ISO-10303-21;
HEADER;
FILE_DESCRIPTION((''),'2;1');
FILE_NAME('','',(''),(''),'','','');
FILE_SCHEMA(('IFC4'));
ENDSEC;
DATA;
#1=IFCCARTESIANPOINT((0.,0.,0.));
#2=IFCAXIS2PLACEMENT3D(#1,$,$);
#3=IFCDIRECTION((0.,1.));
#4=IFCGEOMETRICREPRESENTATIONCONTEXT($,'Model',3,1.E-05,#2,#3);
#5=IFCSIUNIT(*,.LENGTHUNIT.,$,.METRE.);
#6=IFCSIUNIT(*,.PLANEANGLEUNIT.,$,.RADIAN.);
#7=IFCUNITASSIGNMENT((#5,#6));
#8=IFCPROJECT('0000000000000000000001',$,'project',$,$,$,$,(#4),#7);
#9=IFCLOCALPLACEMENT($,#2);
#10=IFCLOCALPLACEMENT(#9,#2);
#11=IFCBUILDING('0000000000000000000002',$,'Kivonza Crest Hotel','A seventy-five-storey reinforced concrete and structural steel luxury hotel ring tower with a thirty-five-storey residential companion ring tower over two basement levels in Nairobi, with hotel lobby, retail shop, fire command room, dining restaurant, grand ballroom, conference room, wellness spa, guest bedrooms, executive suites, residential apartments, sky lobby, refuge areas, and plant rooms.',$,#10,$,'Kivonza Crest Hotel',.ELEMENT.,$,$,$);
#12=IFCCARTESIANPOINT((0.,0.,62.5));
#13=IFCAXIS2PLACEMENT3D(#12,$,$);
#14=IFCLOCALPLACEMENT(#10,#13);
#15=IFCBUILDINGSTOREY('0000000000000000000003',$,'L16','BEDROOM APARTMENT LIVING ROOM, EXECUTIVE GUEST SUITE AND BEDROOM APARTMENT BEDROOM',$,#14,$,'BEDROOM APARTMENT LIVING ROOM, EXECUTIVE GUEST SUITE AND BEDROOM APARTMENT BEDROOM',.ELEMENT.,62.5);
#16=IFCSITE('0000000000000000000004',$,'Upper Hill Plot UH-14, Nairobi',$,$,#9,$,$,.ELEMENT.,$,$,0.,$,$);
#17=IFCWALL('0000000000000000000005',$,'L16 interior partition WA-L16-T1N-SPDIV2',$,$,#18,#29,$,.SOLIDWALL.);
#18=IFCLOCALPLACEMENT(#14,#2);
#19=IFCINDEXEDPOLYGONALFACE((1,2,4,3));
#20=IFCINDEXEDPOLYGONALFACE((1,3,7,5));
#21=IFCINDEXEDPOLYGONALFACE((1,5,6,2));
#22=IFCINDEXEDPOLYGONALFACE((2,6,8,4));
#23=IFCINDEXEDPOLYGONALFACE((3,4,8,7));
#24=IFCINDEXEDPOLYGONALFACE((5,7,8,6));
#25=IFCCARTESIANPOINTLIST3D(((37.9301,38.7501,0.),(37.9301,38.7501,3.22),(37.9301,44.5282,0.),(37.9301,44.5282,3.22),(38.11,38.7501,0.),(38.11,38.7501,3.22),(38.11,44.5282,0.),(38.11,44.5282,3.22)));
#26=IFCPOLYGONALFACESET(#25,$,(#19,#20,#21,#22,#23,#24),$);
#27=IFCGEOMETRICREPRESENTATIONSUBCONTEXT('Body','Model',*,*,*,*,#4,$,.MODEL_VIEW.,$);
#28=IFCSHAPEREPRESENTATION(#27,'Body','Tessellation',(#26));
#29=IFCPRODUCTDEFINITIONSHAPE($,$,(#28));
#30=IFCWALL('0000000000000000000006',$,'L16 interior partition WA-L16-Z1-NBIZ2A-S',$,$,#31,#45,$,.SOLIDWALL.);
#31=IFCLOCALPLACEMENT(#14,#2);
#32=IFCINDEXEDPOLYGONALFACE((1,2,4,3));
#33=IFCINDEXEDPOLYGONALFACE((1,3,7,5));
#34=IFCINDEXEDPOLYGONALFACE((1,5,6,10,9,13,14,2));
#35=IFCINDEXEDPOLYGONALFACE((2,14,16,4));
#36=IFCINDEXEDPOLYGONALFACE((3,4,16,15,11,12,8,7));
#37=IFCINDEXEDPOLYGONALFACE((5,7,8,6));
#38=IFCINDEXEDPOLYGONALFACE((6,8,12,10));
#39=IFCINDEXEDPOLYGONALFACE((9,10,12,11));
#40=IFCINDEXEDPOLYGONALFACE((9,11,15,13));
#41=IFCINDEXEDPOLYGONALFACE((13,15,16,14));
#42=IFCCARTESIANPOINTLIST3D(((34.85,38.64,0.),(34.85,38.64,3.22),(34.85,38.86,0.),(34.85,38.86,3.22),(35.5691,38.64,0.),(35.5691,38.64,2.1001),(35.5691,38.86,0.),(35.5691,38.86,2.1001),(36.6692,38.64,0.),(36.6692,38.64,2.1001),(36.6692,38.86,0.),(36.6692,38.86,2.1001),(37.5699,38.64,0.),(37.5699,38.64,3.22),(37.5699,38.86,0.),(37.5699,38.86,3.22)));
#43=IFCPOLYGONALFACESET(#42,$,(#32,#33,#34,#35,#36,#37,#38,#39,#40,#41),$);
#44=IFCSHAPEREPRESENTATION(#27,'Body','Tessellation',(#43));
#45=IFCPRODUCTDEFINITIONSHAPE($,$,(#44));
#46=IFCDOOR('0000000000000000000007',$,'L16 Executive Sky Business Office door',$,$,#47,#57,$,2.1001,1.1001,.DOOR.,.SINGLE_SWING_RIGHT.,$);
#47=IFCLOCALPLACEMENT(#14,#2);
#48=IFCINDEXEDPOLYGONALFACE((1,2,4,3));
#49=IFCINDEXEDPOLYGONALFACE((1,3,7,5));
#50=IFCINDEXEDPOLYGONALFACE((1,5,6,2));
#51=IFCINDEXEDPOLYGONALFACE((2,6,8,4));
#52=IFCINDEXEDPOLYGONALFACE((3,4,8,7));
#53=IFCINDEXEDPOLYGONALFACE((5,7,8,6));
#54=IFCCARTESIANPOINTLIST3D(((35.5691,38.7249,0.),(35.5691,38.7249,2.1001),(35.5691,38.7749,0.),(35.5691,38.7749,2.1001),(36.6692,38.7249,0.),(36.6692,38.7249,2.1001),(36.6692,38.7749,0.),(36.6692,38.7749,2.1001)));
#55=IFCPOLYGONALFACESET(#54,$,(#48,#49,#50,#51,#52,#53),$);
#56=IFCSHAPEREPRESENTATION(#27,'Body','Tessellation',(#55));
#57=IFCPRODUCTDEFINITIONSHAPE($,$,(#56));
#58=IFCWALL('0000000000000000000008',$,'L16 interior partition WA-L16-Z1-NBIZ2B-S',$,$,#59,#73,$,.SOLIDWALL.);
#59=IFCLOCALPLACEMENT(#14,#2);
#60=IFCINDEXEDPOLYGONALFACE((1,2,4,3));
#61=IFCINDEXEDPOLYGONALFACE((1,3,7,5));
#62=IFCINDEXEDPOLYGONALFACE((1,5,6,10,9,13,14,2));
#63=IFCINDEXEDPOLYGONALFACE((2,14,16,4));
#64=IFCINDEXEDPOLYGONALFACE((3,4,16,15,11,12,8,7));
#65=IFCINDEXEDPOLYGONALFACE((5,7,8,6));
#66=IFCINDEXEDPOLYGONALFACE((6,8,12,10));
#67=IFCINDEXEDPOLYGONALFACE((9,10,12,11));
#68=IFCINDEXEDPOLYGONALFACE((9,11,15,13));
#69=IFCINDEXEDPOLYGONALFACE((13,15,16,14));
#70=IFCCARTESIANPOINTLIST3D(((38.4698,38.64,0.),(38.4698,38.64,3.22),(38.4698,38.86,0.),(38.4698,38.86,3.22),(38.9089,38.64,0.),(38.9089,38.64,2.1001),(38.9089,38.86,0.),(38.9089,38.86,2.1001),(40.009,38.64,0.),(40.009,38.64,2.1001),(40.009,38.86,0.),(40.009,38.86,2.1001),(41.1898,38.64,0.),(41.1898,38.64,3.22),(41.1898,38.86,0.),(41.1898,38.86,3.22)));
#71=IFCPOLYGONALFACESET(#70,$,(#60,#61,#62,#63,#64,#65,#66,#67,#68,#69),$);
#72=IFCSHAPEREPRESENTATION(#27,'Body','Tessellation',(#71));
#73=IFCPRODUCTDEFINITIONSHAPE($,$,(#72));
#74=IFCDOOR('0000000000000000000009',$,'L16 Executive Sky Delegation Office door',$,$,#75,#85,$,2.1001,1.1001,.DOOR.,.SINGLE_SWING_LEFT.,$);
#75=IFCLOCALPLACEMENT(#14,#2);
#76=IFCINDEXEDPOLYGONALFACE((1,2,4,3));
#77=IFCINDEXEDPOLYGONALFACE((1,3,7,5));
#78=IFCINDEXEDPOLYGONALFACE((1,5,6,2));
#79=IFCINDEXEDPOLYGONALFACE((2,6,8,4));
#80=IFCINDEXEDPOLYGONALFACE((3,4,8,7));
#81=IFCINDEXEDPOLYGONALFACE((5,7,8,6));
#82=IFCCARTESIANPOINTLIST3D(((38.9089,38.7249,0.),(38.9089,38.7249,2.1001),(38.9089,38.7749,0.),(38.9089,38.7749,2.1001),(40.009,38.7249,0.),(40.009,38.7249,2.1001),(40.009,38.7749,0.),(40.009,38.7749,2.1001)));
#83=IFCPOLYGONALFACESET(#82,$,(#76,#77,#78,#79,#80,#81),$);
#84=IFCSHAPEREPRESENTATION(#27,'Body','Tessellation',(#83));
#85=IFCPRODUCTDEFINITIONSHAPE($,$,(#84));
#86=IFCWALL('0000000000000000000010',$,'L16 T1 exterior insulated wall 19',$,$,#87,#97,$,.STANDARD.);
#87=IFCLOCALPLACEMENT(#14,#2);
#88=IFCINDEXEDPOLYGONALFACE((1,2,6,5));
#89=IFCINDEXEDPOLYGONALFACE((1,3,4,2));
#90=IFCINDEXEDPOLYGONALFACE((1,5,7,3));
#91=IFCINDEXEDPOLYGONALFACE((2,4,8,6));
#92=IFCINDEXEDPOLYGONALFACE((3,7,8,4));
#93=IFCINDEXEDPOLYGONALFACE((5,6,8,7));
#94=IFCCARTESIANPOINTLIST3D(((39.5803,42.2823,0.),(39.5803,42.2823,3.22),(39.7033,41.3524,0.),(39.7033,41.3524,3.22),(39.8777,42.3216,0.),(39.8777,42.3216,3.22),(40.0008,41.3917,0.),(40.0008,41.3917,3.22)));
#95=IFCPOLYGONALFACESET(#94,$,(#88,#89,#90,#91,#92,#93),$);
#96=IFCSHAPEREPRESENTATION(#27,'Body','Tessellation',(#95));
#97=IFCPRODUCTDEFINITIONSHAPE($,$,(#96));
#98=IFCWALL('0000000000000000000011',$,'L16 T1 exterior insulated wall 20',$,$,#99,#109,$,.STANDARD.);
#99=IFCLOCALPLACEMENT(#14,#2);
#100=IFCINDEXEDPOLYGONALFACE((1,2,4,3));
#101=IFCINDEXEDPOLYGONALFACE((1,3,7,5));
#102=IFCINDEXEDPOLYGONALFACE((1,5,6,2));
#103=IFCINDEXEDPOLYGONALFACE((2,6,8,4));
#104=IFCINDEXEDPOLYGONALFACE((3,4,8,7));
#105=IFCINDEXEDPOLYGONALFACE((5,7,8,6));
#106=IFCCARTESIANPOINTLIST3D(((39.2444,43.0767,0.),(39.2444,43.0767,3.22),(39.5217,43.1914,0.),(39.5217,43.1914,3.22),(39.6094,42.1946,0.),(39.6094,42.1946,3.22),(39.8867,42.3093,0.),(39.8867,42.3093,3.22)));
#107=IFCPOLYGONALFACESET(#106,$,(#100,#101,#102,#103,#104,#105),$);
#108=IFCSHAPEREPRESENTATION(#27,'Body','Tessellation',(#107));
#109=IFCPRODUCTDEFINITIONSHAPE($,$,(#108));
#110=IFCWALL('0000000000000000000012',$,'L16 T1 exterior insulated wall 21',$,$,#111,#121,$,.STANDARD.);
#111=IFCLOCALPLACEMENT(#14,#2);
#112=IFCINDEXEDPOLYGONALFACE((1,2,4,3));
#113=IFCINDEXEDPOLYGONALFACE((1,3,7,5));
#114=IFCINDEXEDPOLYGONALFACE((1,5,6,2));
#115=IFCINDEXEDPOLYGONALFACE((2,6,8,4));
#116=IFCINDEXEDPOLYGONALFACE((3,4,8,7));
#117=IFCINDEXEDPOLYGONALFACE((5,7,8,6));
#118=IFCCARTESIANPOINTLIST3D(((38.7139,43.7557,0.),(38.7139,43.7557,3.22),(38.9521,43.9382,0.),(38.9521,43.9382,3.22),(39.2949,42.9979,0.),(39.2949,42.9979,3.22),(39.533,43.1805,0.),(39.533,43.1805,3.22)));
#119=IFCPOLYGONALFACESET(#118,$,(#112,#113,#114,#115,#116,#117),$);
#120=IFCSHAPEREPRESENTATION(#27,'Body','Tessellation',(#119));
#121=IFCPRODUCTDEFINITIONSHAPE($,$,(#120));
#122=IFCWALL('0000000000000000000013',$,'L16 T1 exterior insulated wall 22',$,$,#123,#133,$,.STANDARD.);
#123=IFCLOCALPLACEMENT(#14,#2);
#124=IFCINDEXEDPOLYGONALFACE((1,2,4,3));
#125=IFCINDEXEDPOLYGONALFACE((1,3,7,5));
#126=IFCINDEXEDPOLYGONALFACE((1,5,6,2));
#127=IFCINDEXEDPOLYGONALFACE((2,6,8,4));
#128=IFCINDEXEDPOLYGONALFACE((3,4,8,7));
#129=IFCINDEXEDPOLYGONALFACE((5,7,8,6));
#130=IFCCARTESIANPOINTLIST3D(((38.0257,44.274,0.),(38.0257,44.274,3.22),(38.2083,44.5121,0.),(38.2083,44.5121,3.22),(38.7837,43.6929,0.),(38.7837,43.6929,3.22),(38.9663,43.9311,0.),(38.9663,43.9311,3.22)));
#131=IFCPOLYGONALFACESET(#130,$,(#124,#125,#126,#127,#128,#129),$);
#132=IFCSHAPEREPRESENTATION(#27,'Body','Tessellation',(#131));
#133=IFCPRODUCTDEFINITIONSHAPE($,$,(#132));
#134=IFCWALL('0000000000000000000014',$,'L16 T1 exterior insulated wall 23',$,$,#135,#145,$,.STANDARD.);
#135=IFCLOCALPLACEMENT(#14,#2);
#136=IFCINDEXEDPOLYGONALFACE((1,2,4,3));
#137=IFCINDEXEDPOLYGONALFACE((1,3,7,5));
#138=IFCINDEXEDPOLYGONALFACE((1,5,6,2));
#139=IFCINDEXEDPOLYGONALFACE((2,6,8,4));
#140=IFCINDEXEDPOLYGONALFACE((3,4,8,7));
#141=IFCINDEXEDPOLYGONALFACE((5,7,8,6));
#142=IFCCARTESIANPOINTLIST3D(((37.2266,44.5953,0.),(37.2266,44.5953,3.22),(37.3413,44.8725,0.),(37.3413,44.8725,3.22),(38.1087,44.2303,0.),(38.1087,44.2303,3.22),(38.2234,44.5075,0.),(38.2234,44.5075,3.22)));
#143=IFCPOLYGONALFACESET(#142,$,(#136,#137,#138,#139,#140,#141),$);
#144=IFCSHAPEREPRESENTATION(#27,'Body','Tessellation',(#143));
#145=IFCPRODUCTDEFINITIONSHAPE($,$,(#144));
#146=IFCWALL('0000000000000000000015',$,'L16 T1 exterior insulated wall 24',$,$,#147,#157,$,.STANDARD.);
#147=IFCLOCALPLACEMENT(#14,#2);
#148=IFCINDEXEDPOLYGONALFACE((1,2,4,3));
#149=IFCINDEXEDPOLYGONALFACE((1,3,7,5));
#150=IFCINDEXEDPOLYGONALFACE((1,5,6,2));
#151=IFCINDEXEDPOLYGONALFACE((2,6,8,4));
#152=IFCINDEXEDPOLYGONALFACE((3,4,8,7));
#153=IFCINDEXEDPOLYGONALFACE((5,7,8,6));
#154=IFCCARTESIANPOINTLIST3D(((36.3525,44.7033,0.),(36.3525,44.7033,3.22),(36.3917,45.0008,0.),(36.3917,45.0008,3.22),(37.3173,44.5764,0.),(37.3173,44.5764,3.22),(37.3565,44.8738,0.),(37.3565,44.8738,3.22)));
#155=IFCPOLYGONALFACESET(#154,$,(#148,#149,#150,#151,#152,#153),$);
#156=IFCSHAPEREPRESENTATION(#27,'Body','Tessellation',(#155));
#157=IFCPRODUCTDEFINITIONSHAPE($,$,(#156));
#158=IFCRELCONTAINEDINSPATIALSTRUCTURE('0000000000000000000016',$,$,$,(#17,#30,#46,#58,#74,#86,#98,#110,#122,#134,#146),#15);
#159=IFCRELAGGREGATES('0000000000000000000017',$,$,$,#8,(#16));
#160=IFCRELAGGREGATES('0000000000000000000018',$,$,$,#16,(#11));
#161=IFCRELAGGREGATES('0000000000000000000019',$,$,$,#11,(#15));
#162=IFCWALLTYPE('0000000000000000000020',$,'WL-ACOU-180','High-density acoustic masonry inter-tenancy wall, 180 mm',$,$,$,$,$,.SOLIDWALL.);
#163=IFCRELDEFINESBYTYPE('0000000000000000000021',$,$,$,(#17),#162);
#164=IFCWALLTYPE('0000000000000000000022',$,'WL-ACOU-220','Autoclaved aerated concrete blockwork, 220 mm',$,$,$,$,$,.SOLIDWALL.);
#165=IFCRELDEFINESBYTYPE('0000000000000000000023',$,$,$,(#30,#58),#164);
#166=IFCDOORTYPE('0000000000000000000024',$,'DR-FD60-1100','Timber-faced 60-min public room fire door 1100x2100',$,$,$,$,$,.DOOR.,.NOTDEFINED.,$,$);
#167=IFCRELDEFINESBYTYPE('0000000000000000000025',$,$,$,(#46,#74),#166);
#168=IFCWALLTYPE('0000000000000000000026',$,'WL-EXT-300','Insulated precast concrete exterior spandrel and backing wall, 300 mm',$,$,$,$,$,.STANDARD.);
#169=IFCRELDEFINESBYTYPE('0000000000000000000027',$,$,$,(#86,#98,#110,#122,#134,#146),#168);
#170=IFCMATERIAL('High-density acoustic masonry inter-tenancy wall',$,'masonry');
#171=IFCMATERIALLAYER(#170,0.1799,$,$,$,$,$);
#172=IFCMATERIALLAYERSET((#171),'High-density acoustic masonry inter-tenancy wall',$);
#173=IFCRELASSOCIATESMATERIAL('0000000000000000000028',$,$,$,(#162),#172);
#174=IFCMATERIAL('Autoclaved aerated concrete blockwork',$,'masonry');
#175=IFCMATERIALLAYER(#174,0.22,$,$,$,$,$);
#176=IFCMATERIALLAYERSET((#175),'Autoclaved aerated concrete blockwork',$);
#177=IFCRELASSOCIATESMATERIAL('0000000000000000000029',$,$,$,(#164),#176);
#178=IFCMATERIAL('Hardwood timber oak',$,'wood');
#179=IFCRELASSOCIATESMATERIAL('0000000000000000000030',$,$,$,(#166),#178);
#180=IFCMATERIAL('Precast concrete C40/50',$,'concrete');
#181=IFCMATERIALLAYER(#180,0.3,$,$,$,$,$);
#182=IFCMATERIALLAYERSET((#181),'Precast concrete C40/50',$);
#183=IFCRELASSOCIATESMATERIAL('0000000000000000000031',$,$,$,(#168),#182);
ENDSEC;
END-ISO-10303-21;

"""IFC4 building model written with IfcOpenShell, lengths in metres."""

from ifc_helpers import new_model, si_unit, direction, frame, frame_2d, origin, place, context, subcontext, project, spatial, rectangle, extrude, material, layer, layer_set, type_object, element, fill, save


model = new_model("IFC4")

# Units and contexts
model_context = context("Model", 3, precision=1e-05, world=origin(), true_north=direction((0.0, 1.0)))
body_context = subcontext(model_context, "Body", "Model", "MODEL_VIEW")
ifc_project = project(units=[si_unit("LENGTHUNIT", "METRE"), si_unit("PLANEANGLEUNIT", "RADIAN")], contexts=[model_context])

# Site, building, storey
site_placement = place(None, origin())
site = spatial("IfcSite", under=ifc_project, at=site_placement, Name="Upper Hill Plot UH-14, Nairobi", CompositionType="ELEMENT", RefElevation=0.0)
building_placement = place(site_placement, origin())
building = spatial("IfcBuilding", under=site, at=building_placement, Name="Kivonza Crest Hotel", Description="A seventy-five-storey reinforced concrete and structural steel luxury hotel ring tower with a thirty-five-storey residential companion ring tower over two basement levels in Nairobi, with hotel lobby, retail shop, fire command room, dining restaurant, grand ballroom, conference room, wellness spa, guest bedrooms, executive suites, residential apartments, sky lobby, refuge areas, and plant rooms.", LongName="Kivonza Crest Hotel", CompositionType="ELEMENT")
storey_placement = place(building_placement, frame((0.0, 0.0, 62.5)))
storey = spatial("IfcBuildingStorey", under=building, at=storey_placement, Name="L16", Description="BEDROOM APARTMENT LIVING ROOM, EXECUTIVE GUEST SUITE AND BEDROOM APARTMENT BEDROOM", LongName="BEDROOM APARTMENT LIVING ROOM, EXECUTIVE GUEST SUITE AND BEDROOM APARTMENT BEDROOM", CompositionType="ELEMENT", Elevation=62.5)

# Wall
ifc_material_1 = material(Name="High-density acoustic masonry inter-tenancy wall", Category="masonry")
ifc_layer_1 = layer(ifc_material_1, 0.1799)
ifc_layer_set_1 = layer_set([ifc_layer_1], Name="High-density acoustic masonry inter-tenancy wall")
wall_type_1 = type_object("IfcWallType", Name="WL-ACOU-180", Description="High-density acoustic masonry inter-tenancy wall, 180 mm", PredefinedType="SOLIDWALL", material=ifc_layer_set_1)
wall_1_placement = place(storey_placement, frame((38.02, 38.75, 0.0), z_axis=(0.0, 0.0, 1.0), x_axis=(0.0, 1.0, 0.0)))
element("IfcWall", 1, at=wall_1_placement, inside=storey, type_object=wall_type_1, Name="L16 interior partition WA-L16-T1N-SPDIV2", PredefinedType="SOLIDWALL", context=body_context, shape_type="SweptSolid", body=[
    extrude(rectangle(XDim=5.7781, YDim=0.1799, at=frame_2d((2.8892, 0.0))), origin(), (0.0, 0.0, 1.0), 3.22),
])

# Walls, openings, doors
ifc_material_2 = material(Name="Autoclaved aerated concrete blockwork", Category="masonry")
ifc_layer_2 = layer(ifc_material_2, 0.22)
ifc_layer_set_2 = layer_set([ifc_layer_2], Name="Autoclaved aerated concrete blockwork")
wall_type_2 = type_object("IfcWallType", Name="WL-ACOU-220", Description="Autoclaved aerated concrete blockwork, 220 mm", PredefinedType="SOLIDWALL", material=ifc_layer_set_2)
wall_2_placement = place(storey_placement, frame((34.8501, 38.75, 0.0), z_axis=(0.0, 0.0, 1.0), x_axis=(1.0, 0.0, 0.0)))
wall_2 = element("IfcWall", 2, at=wall_2_placement, inside=storey, type_object=wall_type_2, Name="L16 interior partition WA-L16-Z1-NBIZ2A-S", PredefinedType="SOLIDWALL", context=body_context, shape_type="SweptSolid", body=[
    extrude(rectangle(XDim=2.72, YDim=0.22, at=frame_2d((1.3599, 0.0))), origin(), (0.0, 0.0, 1.0), 3.22),
])
opening_1_placement = place(wall_2_placement, frame((0.719, 0.0, 0.0)))
opening_1 = element("IfcOpeningElement", 3, at=opening_1_placement, cuts=wall_2, PredefinedType="OPENING", context=body_context, shape_type="SweptSolid", body=[
    extrude(rectangle(XDim=1.1001, YDim=2.1001, at=frame_2d((0.55, 1.05))), frame((0.0, 0.1201, 0.0), z_axis=(0.0, -1.0, 0.0), x_axis=(1.0, 0.0, 0.0)), (0.0, 0.0, 1.0), 0.24),
])
ifc_material_3 = material(Name="Hardwood timber oak", Category="wood")
door_type = type_object("IfcDoorType", Name="DR-FD60-1100", Description="Timber-faced 60-min public room fire door 1100x2100", OperationType="NOTDEFINED", PredefinedType="DOOR", material=ifc_material_3)
door_1_placement = place(opening_1_placement, origin())
door_1 = element("IfcDoor", 4, at=door_1_placement, inside=storey, type_object=door_type, Name="L16 Executive Sky Business Office door", OperationType="SINGLE_SWING_RIGHT", OverallHeight=2.1001, OverallWidth=1.1001, PredefinedType="DOOR", context=body_context, shape_type="SweptSolid", body=[
    extrude(rectangle(XDim=1.1001, YDim=2.1001, at=frame_2d((0.55, 1.05))), frame((0.0, 0.0249, 0.0), z_axis=(0.0, -1.0, 0.0), x_axis=(1.0, 0.0, 0.0)), (0.0, 0.0, 1.0), 0.05),
])
fill(opening_1, door_1)
wall_3_placement = place(storey_placement, frame((38.47, 38.75, 0.0), z_axis=(0.0, 0.0, 1.0), x_axis=(1.0, 0.0, 0.0)))
wall_3 = element("IfcWall", 5, at=wall_3_placement, inside=storey, type_object=wall_type_2, Name="L16 interior partition WA-L16-Z1-NBIZ2B-S", PredefinedType="SOLIDWALL", context=body_context, shape_type="SweptSolid", body=[
    extrude(rectangle(XDim=2.72, YDim=0.22, at=frame_2d((1.3599, 0.0))), origin(), (0.0, 0.0, 1.0), 3.22),
])
opening_2_placement = place(wall_3_placement, frame((0.439, 0.0, 0.0)))
opening_2 = element("IfcOpeningElement", 6, at=opening_2_placement, cuts=wall_3, PredefinedType="OPENING", context=body_context, shape_type="SweptSolid", body=[
    extrude(rectangle(XDim=1.1001, YDim=2.1001, at=frame_2d((0.55, 1.05))), frame((0.0, 0.1201, 0.0), z_axis=(0.0, -1.0, 0.0), x_axis=(1.0, 0.0, 0.0)), (0.0, 0.0, 1.0), 0.24),
])
door_2_placement = place(opening_2_placement, origin())
door_2 = element("IfcDoor", 7, at=door_2_placement, inside=storey, type_object=door_type, Name="L16 Executive Sky Delegation Office door", OperationType="SINGLE_SWING_LEFT", OverallHeight=2.1001, OverallWidth=1.1001, PredefinedType="DOOR", context=body_context, shape_type="SweptSolid", body=[
    extrude(rectangle(XDim=1.1001, YDim=2.1001, at=frame_2d((0.55, 1.05))), frame((0.0, 0.0249, 0.0), z_axis=(0.0, -1.0, 0.0), x_axis=(1.0, 0.0, 0.0)), (0.0, 0.0, 1.0), 0.05),
])
fill(opening_2, door_2)

# Walls
ifc_material_4 = material(Name="Precast concrete C40/50", Category="concrete")
ifc_layer_3 = layer(ifc_material_4, 0.3)
ifc_layer_set_3 = layer_set([ifc_layer_3], Name="Precast concrete C40/50")
wall_type_3 = type_object("IfcWallType", Name="WL-EXT-300", Description="Insulated precast concrete exterior spandrel and backing wall, 300 mm", PredefinedType="STANDARD", material=ifc_layer_set_3)
wall_4_placement = place(storey_placement, frame((39.8521, 41.3721, 0.0), z_axis=(0.0, 0.0, 1.0), x_axis=(-0.131175, 0.991359, 0.0)))
element("IfcWall", 8, at=wall_4_placement, inside=storey, type_object=wall_type_3, Name="L16 T1 exterior insulated wall 19", PredefinedType="STANDARD", context=body_context, shape_type="SweptSolid", body=[
    extrude(rectangle(XDim=0.938, YDim=0.3, at=frame_2d((0.469, 0.0))), origin(), (0.0, 0.0, 1.0), 3.22),
])
wall_5_placement = place(storey_placement, frame((39.748, 42.252, 0.0), z_axis=(0.0, 0.0, 1.0), x_axis=(-0.382344, 0.92402, 0.0)))
element("IfcWall", 9, at=wall_5_placement, inside=storey, type_object=wall_type_3, Name="L16 T1 exterior insulated wall 20", PredefinedType="STANDARD", context=body_context, shape_type="SweptSolid", body=[
    extrude(rectangle(XDim=0.9546, YDim=0.3, at=frame_2d((0.4773, 0.0))), origin(), (0.0, 0.0, 1.0), 3.22),
])
wall_6_placement = place(storey_placement, frame((39.4141, 43.0891, 0.0), z_axis=(0.0, 0.0, 1.0), x_axis=(-0.608474, 0.793573, 0.0)))
element("IfcWall", 10, at=wall_6_placement, inside=storey, type_object=wall_type_3, Name="L16 T1 exterior insulated wall 21", PredefinedType="STANDARD", context=body_context, shape_type="SweptSolid", body=[
    extrude(rectangle(XDim=0.9548, YDim=0.3, at=frame_2d((0.4775, 0.0))), origin(), (0.0, 0.0, 1.0), 3.22),
])
wall_7_placement = place(storey_placement, frame((38.875, 43.812, 0.0), z_axis=(0.0, 0.0, 1.0), x_axis=(-0.793668, 0.608351, 0.0)))
element("IfcWall", 11, at=wall_7_placement, inside=storey, type_object=wall_type_3, Name="L16 T1 exterior insulated wall 22", PredefinedType="STANDARD", context=body_context, shape_type="SweptSolid", body=[
    extrude(rectangle(XDim=0.9551, YDim=0.3, at=frame_2d((0.4775, 0.0))), origin(), (0.0, 0.0, 1.0), 3.22),
])
wall_8_placement = place(storey_placement, frame((38.166, 44.3689, 0.0), z_axis=(0.0, 0.0, 1.0), x_axis=(-0.92402, 0.382344, 0.0)))
element("IfcWall", 12, at=wall_8_placement, inside=storey, type_object=wall_type_3, Name="L16 T1 exterior insulated wall 23", PredefinedType="STANDARD", context=body_context, shape_type="SweptSolid", body=[
    extrude(rectangle(XDim=0.9546, YDim=0.3, at=frame_2d((0.4773, 0.0))), origin(), (0.0, 0.0, 1.0), 3.22),
])
wall_9_placement = place(storey_placement, frame((37.3369, 44.7251, 0.0), z_axis=(0.0, 0.0, 1.0), x_axis=(-0.991454, 0.130455, 0.0)))
element("IfcWall", 13, at=wall_9_placement, inside=storey, type_object=wall_type_3, Name="L16 T1 exterior insulated wall 24", PredefinedType="STANDARD", context=body_context, shape_type="SweptSolid", body=[
    extrude(rectangle(XDim=0.9731, YDim=0.3, at=frame_2d((0.4866, 0.0))), origin(), (0.0, 0.0, 1.0), 3.22),
])

save(model, "model.ifc")
